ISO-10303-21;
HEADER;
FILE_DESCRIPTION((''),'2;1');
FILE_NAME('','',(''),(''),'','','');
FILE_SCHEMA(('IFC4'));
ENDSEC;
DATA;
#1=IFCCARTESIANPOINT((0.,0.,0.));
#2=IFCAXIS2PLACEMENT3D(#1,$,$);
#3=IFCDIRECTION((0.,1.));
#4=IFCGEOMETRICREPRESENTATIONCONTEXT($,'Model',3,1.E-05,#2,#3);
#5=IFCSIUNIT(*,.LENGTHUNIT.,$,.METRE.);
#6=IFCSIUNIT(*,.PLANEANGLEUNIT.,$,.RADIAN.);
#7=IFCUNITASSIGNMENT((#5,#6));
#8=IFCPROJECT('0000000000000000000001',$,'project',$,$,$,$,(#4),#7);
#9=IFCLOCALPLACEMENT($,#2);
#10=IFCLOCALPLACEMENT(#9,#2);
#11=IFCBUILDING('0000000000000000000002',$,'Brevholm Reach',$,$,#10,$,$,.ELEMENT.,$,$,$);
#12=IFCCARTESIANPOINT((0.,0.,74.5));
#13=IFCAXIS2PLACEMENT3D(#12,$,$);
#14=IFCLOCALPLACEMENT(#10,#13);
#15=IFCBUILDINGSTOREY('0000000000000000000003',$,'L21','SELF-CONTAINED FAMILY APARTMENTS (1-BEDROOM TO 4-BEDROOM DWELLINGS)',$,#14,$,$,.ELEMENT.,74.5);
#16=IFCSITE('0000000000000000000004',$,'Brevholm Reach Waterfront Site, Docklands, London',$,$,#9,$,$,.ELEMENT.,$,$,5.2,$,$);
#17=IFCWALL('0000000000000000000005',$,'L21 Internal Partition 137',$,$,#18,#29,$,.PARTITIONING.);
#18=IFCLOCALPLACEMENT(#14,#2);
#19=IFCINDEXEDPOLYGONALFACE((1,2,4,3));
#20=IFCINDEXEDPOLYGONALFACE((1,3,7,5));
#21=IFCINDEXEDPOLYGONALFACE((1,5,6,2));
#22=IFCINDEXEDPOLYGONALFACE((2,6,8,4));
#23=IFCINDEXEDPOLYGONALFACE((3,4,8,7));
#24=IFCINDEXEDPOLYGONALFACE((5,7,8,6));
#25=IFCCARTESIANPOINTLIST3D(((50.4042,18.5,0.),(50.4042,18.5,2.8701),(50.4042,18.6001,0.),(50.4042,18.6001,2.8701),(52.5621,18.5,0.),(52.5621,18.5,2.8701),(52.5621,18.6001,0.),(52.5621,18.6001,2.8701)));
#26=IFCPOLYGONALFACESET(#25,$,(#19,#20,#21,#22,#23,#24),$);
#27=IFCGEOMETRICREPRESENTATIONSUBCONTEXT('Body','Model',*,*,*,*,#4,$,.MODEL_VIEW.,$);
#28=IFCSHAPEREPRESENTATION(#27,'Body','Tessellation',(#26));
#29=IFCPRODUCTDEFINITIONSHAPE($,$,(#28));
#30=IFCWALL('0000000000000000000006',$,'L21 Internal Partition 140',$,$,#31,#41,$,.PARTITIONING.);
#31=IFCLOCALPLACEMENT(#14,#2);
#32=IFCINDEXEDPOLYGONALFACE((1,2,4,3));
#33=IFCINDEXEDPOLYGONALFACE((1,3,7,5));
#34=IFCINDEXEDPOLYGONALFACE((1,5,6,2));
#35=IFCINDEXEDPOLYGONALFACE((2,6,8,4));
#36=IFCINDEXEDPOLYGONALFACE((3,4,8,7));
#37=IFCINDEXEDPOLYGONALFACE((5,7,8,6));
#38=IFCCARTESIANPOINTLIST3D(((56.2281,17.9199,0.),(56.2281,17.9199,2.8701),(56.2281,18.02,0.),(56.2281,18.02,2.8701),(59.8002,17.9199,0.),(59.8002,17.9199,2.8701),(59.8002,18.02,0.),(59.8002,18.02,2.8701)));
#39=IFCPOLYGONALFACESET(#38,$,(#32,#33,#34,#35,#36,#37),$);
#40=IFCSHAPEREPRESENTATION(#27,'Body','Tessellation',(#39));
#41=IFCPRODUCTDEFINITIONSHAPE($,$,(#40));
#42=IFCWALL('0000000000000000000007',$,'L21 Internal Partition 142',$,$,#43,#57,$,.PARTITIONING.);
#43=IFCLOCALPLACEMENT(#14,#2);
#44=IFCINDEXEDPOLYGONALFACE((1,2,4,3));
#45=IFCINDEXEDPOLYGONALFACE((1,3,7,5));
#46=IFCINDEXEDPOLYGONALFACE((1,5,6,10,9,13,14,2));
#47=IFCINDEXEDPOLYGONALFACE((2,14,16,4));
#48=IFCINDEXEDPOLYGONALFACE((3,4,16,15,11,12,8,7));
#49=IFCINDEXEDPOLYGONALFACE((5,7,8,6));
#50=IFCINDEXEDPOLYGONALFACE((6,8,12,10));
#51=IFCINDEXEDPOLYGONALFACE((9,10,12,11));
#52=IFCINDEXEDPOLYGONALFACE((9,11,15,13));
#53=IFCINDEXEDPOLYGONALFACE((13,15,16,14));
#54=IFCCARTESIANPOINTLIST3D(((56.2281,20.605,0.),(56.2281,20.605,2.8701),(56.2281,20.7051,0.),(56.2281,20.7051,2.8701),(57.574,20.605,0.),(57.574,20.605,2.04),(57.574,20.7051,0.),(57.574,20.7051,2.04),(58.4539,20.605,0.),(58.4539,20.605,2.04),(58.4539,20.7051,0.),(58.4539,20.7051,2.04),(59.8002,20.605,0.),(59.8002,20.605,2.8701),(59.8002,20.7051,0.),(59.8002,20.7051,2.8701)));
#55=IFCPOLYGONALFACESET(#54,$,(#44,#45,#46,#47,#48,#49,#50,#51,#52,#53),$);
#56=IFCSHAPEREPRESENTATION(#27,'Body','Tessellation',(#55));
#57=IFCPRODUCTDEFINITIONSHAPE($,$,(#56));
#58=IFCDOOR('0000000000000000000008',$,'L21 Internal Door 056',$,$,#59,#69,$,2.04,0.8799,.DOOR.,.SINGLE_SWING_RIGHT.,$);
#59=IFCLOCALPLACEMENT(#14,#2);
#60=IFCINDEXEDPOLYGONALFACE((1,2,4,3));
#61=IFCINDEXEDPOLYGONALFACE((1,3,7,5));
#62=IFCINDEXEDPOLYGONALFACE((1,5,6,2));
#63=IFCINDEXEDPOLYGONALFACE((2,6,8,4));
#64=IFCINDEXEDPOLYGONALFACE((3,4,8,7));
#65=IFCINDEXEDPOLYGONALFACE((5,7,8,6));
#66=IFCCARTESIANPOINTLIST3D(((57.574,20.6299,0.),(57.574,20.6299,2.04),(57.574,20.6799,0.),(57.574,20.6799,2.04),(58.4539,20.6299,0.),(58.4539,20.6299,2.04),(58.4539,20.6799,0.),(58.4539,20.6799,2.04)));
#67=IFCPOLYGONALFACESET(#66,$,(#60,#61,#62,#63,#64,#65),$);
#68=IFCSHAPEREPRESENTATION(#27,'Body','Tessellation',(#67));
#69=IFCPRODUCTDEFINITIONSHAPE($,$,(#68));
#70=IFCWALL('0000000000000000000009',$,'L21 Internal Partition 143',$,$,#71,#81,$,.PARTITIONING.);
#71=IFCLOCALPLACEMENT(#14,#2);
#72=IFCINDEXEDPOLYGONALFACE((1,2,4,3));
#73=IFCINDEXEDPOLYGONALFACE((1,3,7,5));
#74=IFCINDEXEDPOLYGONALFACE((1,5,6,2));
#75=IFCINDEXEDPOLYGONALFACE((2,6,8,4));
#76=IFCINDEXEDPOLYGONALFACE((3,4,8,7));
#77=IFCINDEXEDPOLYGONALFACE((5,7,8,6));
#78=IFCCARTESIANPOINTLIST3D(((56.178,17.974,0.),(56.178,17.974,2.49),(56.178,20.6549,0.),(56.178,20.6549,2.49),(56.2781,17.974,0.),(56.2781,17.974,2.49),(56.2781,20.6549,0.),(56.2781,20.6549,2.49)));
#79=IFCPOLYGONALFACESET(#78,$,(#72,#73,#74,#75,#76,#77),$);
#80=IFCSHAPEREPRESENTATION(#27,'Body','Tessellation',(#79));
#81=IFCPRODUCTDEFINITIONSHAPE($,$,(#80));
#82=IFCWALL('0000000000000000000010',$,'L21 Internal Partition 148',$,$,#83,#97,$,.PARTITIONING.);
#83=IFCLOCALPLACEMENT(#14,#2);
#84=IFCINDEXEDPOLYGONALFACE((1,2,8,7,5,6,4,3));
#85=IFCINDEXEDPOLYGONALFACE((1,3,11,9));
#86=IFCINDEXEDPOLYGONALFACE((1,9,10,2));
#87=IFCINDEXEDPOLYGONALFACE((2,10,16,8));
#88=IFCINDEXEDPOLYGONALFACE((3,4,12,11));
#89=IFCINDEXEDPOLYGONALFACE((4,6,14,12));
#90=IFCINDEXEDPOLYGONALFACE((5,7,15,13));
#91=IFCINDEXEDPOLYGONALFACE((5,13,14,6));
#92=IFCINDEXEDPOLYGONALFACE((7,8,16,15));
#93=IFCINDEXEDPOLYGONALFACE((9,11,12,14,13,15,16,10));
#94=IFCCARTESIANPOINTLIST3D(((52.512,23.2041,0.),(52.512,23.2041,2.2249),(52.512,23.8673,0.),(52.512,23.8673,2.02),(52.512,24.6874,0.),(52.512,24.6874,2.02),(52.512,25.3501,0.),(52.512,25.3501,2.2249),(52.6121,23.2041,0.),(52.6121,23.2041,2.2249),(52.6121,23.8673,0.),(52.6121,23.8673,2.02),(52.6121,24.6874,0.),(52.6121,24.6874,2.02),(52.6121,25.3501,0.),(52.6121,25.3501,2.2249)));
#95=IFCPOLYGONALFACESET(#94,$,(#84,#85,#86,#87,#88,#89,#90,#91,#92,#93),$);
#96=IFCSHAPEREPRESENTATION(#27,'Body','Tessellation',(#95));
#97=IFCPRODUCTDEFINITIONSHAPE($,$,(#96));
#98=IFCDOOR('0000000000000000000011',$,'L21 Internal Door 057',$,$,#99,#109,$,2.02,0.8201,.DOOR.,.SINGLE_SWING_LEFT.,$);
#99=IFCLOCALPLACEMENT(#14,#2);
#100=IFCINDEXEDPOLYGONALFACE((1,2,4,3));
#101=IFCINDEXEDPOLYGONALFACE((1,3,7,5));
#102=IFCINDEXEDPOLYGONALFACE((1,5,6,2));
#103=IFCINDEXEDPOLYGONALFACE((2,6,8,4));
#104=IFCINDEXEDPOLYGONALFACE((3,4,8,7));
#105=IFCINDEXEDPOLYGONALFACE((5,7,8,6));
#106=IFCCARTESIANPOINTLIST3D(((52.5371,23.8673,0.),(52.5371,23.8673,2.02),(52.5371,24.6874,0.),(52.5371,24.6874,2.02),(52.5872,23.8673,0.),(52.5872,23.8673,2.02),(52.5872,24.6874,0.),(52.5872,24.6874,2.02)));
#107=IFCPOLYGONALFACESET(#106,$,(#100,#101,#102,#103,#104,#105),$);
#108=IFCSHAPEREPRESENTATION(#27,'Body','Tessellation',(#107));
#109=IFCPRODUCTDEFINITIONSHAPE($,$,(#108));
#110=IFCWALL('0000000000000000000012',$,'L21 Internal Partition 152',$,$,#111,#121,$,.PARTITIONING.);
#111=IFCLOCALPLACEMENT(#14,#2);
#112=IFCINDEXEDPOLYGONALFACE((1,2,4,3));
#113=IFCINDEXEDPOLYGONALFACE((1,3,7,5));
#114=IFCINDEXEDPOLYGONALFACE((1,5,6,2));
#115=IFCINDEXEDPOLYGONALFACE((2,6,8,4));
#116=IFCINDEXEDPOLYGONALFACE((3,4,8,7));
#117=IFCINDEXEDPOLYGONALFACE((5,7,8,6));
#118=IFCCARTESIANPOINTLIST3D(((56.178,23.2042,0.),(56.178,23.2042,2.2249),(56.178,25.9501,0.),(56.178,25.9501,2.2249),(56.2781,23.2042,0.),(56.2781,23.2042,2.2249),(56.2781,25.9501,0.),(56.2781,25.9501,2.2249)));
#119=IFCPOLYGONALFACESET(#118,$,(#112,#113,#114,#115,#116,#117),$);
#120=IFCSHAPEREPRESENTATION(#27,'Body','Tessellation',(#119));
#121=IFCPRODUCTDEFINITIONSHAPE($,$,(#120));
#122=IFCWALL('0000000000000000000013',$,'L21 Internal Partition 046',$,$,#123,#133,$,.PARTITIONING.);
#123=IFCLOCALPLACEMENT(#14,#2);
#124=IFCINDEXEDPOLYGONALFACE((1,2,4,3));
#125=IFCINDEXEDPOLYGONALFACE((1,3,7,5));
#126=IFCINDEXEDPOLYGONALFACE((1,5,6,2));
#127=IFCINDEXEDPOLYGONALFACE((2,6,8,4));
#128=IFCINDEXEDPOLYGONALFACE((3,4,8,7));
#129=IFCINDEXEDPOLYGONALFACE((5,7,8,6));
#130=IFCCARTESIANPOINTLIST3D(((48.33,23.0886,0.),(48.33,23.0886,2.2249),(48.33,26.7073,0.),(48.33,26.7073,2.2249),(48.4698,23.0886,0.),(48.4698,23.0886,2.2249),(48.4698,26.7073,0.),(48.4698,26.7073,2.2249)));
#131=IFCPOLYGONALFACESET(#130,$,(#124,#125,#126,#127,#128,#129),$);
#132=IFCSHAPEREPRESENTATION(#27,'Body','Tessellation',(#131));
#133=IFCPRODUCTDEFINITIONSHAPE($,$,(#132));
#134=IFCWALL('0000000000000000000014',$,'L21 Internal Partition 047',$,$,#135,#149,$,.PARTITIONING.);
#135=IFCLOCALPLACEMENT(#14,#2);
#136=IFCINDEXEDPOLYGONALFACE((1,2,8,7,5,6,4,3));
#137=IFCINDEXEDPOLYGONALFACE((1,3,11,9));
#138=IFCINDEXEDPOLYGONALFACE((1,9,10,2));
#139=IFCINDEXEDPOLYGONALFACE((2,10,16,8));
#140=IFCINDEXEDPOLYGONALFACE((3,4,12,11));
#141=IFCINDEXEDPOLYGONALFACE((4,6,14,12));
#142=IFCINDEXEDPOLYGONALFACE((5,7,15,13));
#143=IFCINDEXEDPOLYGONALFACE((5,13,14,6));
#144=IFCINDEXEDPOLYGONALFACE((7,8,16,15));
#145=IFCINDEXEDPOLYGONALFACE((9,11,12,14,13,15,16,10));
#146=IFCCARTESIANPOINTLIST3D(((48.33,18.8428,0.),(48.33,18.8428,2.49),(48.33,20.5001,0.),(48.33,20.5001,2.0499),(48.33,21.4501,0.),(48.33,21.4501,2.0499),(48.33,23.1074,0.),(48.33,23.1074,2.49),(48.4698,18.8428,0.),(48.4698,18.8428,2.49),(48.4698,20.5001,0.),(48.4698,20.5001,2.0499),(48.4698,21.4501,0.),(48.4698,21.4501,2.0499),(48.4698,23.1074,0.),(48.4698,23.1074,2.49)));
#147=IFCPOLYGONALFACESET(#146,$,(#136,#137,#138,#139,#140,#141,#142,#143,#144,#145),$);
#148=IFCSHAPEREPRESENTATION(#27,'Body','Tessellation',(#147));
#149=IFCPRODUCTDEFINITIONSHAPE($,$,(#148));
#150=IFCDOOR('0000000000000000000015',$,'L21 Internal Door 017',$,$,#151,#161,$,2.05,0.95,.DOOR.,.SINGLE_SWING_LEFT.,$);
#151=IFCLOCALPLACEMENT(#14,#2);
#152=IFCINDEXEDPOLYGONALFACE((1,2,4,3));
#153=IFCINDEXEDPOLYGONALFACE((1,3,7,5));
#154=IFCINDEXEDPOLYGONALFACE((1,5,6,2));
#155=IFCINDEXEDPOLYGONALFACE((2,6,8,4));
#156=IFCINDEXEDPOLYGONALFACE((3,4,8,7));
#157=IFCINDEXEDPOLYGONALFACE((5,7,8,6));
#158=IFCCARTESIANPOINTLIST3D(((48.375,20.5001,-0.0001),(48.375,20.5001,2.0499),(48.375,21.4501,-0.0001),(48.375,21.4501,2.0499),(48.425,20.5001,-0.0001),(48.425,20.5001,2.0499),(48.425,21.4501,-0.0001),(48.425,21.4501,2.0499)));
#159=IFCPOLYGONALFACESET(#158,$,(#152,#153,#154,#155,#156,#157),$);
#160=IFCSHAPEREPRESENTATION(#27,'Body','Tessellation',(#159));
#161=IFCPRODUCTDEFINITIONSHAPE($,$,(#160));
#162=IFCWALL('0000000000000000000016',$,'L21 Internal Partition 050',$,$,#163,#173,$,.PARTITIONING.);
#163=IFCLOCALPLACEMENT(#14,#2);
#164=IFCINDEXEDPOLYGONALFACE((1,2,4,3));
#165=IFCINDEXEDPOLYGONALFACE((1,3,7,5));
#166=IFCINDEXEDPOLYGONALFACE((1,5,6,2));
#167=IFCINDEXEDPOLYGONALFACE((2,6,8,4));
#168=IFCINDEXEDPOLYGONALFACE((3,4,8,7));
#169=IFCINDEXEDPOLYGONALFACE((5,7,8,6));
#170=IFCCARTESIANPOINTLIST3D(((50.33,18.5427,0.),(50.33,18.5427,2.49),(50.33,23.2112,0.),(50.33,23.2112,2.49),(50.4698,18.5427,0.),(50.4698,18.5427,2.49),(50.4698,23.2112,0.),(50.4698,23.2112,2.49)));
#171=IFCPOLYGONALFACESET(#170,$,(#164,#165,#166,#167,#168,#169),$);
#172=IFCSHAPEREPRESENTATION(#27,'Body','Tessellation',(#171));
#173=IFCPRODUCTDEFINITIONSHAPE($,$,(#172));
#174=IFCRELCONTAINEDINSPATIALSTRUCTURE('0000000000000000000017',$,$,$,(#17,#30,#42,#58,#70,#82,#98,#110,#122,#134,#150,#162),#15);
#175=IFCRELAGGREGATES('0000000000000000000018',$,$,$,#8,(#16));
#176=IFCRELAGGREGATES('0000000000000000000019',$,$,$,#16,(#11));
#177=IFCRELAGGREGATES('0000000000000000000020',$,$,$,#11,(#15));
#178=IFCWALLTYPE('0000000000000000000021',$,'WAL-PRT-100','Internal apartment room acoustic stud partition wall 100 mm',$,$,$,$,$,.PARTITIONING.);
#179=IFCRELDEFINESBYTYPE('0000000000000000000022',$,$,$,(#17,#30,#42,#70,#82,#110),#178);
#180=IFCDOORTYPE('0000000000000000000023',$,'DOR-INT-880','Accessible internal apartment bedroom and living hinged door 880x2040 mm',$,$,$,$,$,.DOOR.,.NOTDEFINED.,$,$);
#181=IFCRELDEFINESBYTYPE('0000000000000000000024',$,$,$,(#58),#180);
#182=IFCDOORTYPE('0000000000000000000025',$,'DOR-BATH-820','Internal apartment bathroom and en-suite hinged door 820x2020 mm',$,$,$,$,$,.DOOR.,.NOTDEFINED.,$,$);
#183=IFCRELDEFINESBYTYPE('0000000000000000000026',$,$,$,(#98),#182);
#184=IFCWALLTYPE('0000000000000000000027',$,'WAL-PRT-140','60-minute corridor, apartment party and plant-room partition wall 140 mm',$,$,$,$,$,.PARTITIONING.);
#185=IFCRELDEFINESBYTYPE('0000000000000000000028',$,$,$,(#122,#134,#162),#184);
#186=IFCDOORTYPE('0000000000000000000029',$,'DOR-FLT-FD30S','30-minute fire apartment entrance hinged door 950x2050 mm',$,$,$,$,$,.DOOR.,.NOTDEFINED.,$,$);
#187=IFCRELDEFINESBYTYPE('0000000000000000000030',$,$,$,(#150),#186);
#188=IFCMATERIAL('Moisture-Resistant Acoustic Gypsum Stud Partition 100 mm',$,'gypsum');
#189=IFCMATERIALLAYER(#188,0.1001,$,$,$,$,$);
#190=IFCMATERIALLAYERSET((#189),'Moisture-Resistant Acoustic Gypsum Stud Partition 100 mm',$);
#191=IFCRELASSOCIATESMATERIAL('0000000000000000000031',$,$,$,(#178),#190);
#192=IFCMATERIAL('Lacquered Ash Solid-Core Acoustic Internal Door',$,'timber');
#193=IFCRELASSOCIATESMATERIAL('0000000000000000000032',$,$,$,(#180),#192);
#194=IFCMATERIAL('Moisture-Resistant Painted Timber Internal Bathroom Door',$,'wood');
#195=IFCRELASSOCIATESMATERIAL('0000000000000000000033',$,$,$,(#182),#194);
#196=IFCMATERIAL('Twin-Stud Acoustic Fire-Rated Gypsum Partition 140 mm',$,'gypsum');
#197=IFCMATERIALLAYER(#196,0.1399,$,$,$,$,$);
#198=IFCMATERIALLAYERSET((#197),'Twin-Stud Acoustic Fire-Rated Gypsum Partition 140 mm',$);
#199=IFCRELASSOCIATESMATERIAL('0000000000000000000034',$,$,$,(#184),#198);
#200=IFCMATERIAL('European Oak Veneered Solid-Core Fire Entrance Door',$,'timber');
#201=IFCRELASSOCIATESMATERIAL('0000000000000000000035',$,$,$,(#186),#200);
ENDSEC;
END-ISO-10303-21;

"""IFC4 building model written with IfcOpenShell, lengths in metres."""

from ifc_helpers import new_model, si_unit, direction, frame, frame_2d, origin, place, context, subcontext, project, spatial, rectangle, extrude, material, layer, layer_set, type_object, element, fill, save


model = new_model("IFC4")

# Units and contexts
model_context = context("Model", 3, precision=1e-05, world=origin(), true_north=direction((0.0, 1.0)))
body_context = subcontext(model_context, "Body", "Model", "MODEL_VIEW")
ifc_project = project(units=[si_unit("LENGTHUNIT", "METRE"), si_unit("PLANEANGLEUNIT", "RADIAN")], contexts=[model_context])

# Site, building, storey
site_placement = place(None, origin())
site = spatial("IfcSite", under=ifc_project, at=site_placement, Name="Brevholm Reach Waterfront Site, Docklands, London", CompositionType="ELEMENT", RefElevation=5.2)
building_placement = place(site_placement, origin())
building = spatial("IfcBuilding", under=site, at=building_placement, Name="Brevholm Reach", CompositionType="ELEMENT")
storey_placement = place(building_placement, frame((0.0, 0.0, 74.5)))
storey = spatial("IfcBuildingStorey", under=building, at=storey_placement, Name="L21", Description="SELF-CONTAINED FAMILY APARTMENTS (1-BEDROOM TO 4-BEDROOM DWELLINGS)", CompositionType="ELEMENT", Elevation=74.5)

# Walls
ifc_material_1 = material(Name="Moisture-Resistant Acoustic Gypsum Stud Partition 100 mm", Category="gypsum")
ifc_layer_1 = layer(ifc_material_1, 0.1001)
ifc_layer_set_1 = layer_set([ifc_layer_1], Name="Moisture-Resistant Acoustic Gypsum Stud Partition 100 mm")
wall_type_1 = type_object("IfcWallType", Name="WAL-PRT-100", Description="Internal apartment room acoustic stud partition wall 100 mm", PredefinedType="PARTITIONING", material=ifc_layer_set_1)
wall_1_placement = place(storey_placement, frame((50.4041, 18.55, 0.0), z_axis=(0.0, 0.0, 1.0), x_axis=(1.0, 0.0, 0.0)))
element("IfcWall", 1, at=wall_1_placement, inside=storey, type_object=wall_type_1, Name="L21 Internal Partition 137", PredefinedType="PARTITIONING", context=body_context, shape_type="SweptSolid", body=[
    extrude(rectangle(XDim=2.158, YDim=0.1001, at=frame_2d((1.0791, 0.0))), origin(), (0.0, 0.0, 1.0), 2.8701),
])
wall_2_placement = place(storey_placement, frame((56.228, 17.97, 0.0), z_axis=(0.0, 0.0, 1.0), x_axis=(1.0, 0.0, 0.0)))
element("IfcWall", 2, at=wall_2_placement, inside=storey, type_object=wall_type_1, Name="L21 Internal Partition 140", PredefinedType="PARTITIONING", context=body_context, shape_type="SweptSolid", body=[
    extrude(rectangle(XDim=3.572, YDim=0.1001, at=frame_2d((1.7861, 0.0))), origin(), (0.0, 0.0, 1.0), 2.8701),
])

# Wall, opening, door
wall_3_placement = place(storey_placement, frame((56.228, 20.655, 0.0), z_axis=(0.0, 0.0, 1.0), x_axis=(1.0, 0.0, 0.0)))
wall_3 = element("IfcWall", 3, at=wall_3_placement, inside=storey, type_object=wall_type_1, Name="L21 Internal Partition 142", PredefinedType="PARTITIONING", context=body_context, shape_type="SweptSolid", body=[
    extrude(rectangle(XDim=3.572, YDim=0.1001, at=frame_2d((1.7861, 0.0))), origin(), (0.0, 0.0, 1.0), 2.8701),
])
opening_1_placement = place(wall_3_placement, frame((1.3459, 0.0, 0.0)))
opening_1 = element("IfcOpeningElement", 4, at=opening_1_placement, cuts=wall_3, PredefinedType="OPENING", context=body_context, shape_type="SweptSolid", body=[
    extrude(rectangle(XDim=0.8799, YDim=2.04, at=frame_2d((0.4399, 1.02))), frame((0.0, 0.0601, 0.0), z_axis=(0.0, -1.0, 0.0), x_axis=(1.0, 0.0, 0.0)), (0.0, 0.0, 1.0), 0.1201),
])
ifc_material_2 = material(Name="Lacquered Ash Solid-Core Acoustic Internal Door", Category="timber")
door_type_1 = type_object("IfcDoorType", Name="DOR-INT-880", Description="Accessible internal apartment bedroom and living hinged door 880x2040 mm", OperationType="NOTDEFINED", PredefinedType="DOOR", material=ifc_material_2)
door_1_placement = place(opening_1_placement, origin())
door_1 = element("IfcDoor", 5, at=door_1_placement, inside=storey, type_object=door_type_1, Name="L21 Internal Door 056", OperationType="SINGLE_SWING_RIGHT", OverallHeight=2.04, OverallWidth=0.8799, PredefinedType="DOOR", context=body_context, shape_type="SweptSolid", body=[
    extrude(rectangle(XDim=0.8799, YDim=2.04, at=frame_2d((0.4399, 1.02))), frame((0.0, 0.0249, 0.0), z_axis=(0.0, -1.0, 0.0), x_axis=(1.0, 0.0, 0.0)), (0.0, 0.0, 1.0), 0.05),
])
fill(opening_1, door_1)

# Wall
wall_4_placement = place(storey_placement, frame((56.228, 17.9741, 0.0), z_axis=(0.0, 0.0, 1.0), x_axis=(0.0, 1.0, 0.0)))
element("IfcWall", 6, at=wall_4_placement, inside=storey, type_object=wall_type_1, Name="L21 Internal Partition 143", PredefinedType="PARTITIONING", context=body_context, shape_type="SweptSolid", body=[
    extrude(rectangle(XDim=2.6809, YDim=0.1001, at=frame_2d((1.3403, 0.0))), origin(), (0.0, 0.0, 1.0), 2.49),
])

# Wall, opening, door
wall_5_placement = place(storey_placement, frame((52.562, 23.2041, 0.0), z_axis=(0.0, 0.0, 1.0), x_axis=(0.0, 1.0, 0.0)))
wall_5 = element("IfcWall", 7, at=wall_5_placement, inside=storey, type_object=wall_type_1, Name="L21 Internal Partition 148", PredefinedType="PARTITIONING", context=body_context, shape_type="SweptSolid", body=[
    extrude(rectangle(XDim=2.146, YDim=0.1001, at=frame_2d((1.073, 0.0))), origin(), (0.0, 0.0, 1.0), 2.2249),
])
opening_2_placement = place(wall_5_placement, frame((0.6631, 0.0, 0.0)))
opening_2 = element("IfcOpeningElement", 8, at=opening_2_placement, cuts=wall_5, PredefinedType="OPENING", context=body_context, shape_type="SweptSolid", body=[
    extrude(rectangle(XDim=0.8201, YDim=2.02, at=frame_2d((0.4102, 1.01))), frame((0.0, 0.0601, 0.0), z_axis=(0.0, -1.0, 0.0), x_axis=(1.0, 0.0, 0.0)), (0.0, 0.0, 1.0), 0.1201),
])
ifc_material_3 = material(Name="Moisture-Resistant Painted Timber Internal Bathroom Door", Category="wood")
door_type_2 = type_object("IfcDoorType", Name="DOR-BATH-820", Description="Internal apartment bathroom and en-suite hinged door 820x2020 mm", OperationType="NOTDEFINED", PredefinedType="DOOR", material=ifc_material_3)
door_2_placement = place(opening_2_placement, origin())
door_2 = element("IfcDoor", 9, at=door_2_placement, inside=storey, type_object=door_type_2, Name="L21 Internal Door 057", OperationType="SINGLE_SWING_LEFT", OverallHeight=2.02, OverallWidth=0.8201, PredefinedType="DOOR", context=body_context, shape_type="SweptSolid", body=[
    extrude(rectangle(XDim=0.8201, YDim=2.02, at=frame_2d((0.4102, 1.01))), frame((0.0, 0.0249, 0.0), z_axis=(0.0, -1.0, 0.0), x_axis=(1.0, 0.0, 0.0)), (0.0, 0.0, 1.0), 0.05),
])
fill(opening_2, door_2)

# Walls
wall_6_placement = place(storey_placement, frame((56.228, 23.2041, 0.0), z_axis=(0.0, 0.0, 1.0), x_axis=(0.0, 1.0, 0.0)))
element("IfcWall", 10, at=wall_6_placement, inside=storey, type_object=wall_type_1, Name="L21 Internal Partition 152", PredefinedType="PARTITIONING", context=body_context, shape_type="SweptSolid", body=[
    extrude(rectangle(XDim=2.7458, YDim=0.1001, at=frame_2d((1.373, 0.0))), origin(), (0.0, 0.0, 1.0), 2.2249),
])
ifc_material_4 = material(Name="Twin-Stud Acoustic Fire-Rated Gypsum Partition 140 mm", Category="gypsum")
ifc_layer_2 = layer(ifc_material_4, 0.1399)
ifc_layer_set_2 = layer_set([ifc_layer_2], Name="Twin-Stud Acoustic Fire-Rated Gypsum Partition 140 mm")
wall_type_2 = type_object("IfcWallType", Name="WAL-PRT-140", Description="60-minute corridor, apartment party and plant-room partition wall 140 mm", PredefinedType="PARTITIONING", material=ifc_layer_set_2)
wall_7_placement = place(storey_placement, frame((48.3999, 23.0886, 0.0), z_axis=(0.0, 0.0, 1.0), x_axis=(0.0, 1.0, 0.0)))
element("IfcWall", 11, at=wall_7_placement, inside=storey, type_object=wall_type_2, Name="L21 Internal Partition 046", PredefinedType="PARTITIONING", context=body_context, shape_type="SweptSolid", body=[
    extrude(rectangle(XDim=3.6187, YDim=0.1399, at=frame_2d((1.8093, 0.0))), origin(), (0.0, 0.0, 1.0), 2.2249),
])

# Wall, opening, door
wall_8_placement = place(storey_placement, frame((48.3999, 18.8428, 0.0), z_axis=(0.0, 0.0, 1.0), x_axis=(0.0, 1.0, 0.0)))
wall_8 = element("IfcWall", 12, at=wall_8_placement, inside=storey, type_object=wall_type_2, Name="L21 Internal Partition 047", PredefinedType="PARTITIONING", context=body_context, shape_type="SweptSolid", body=[
    extrude(rectangle(XDim=4.2646, YDim=0.1399, at=frame_2d((2.1323, 0.0))), origin(), (0.0, 0.0, 1.0), 2.49),
])
opening_3_placement = place(wall_8_placement, frame((1.6572, 0.0, 0.0)))
opening_3 = element("IfcOpeningElement", 13, at=opening_3_placement, cuts=wall_8, PredefinedType="OPENING", context=body_context, shape_type="SweptSolid", body=[
    extrude(rectangle(XDim=0.95, YDim=2.05, at=frame_2d((0.4751, 1.0249))), frame((0.0, 0.0798, 0.0), z_axis=(0.0, -1.0, 0.0), x_axis=(1.0, 0.0, 0.0)), (0.0, 0.0, 1.0), 0.1599),
])
ifc_material_5 = material(Name="European Oak Veneered Solid-Core Fire Entrance Door", Category="timber")
door_type_3 = type_object("IfcDoorType", Name="DOR-FLT-FD30S", Description="30-minute fire apartment entrance hinged door 950x2050 mm", OperationType="NOTDEFINED", PredefinedType="DOOR", material=ifc_material_5)
door_3_placement = place(opening_3_placement, origin())
door_3 = element("IfcDoor", 14, at=door_3_placement, inside=storey, type_object=door_type_3, Name="L21 Internal Door 017", OperationType="SINGLE_SWING_LEFT", OverallHeight=2.05, OverallWidth=0.95, PredefinedType="DOOR", context=body_context, shape_type="SweptSolid", body=[
    extrude(rectangle(XDim=0.95, YDim=2.05, at=frame_2d((0.4751, 1.0249))), frame((0.0, 0.0249, 0.0), z_axis=(0.0, -1.0, 0.0), x_axis=(1.0, 0.0, 0.0)), (0.0, 0.0, 1.0), 0.05),
])
fill(opening_3, door_3)

# Wall
wall_9_placement = place(storey_placement, frame((50.3999, 18.5427, 0.0), z_axis=(0.0, 0.0, 1.0), x_axis=(0.0, 1.0, 0.0)))
element("IfcWall", 15, at=wall_9_placement, inside=storey, type_object=wall_type_2, Name="L21 Internal Partition 050", PredefinedType="PARTITIONING", context=body_context, shape_type="SweptSolid", body=[
    extrude(rectangle(XDim=4.6685, YDim=0.1399, at=frame_2d((2.3342, 0.0))), origin(), (0.0, 0.0, 1.0), 2.49),
])

save(model, "model.ifc")
